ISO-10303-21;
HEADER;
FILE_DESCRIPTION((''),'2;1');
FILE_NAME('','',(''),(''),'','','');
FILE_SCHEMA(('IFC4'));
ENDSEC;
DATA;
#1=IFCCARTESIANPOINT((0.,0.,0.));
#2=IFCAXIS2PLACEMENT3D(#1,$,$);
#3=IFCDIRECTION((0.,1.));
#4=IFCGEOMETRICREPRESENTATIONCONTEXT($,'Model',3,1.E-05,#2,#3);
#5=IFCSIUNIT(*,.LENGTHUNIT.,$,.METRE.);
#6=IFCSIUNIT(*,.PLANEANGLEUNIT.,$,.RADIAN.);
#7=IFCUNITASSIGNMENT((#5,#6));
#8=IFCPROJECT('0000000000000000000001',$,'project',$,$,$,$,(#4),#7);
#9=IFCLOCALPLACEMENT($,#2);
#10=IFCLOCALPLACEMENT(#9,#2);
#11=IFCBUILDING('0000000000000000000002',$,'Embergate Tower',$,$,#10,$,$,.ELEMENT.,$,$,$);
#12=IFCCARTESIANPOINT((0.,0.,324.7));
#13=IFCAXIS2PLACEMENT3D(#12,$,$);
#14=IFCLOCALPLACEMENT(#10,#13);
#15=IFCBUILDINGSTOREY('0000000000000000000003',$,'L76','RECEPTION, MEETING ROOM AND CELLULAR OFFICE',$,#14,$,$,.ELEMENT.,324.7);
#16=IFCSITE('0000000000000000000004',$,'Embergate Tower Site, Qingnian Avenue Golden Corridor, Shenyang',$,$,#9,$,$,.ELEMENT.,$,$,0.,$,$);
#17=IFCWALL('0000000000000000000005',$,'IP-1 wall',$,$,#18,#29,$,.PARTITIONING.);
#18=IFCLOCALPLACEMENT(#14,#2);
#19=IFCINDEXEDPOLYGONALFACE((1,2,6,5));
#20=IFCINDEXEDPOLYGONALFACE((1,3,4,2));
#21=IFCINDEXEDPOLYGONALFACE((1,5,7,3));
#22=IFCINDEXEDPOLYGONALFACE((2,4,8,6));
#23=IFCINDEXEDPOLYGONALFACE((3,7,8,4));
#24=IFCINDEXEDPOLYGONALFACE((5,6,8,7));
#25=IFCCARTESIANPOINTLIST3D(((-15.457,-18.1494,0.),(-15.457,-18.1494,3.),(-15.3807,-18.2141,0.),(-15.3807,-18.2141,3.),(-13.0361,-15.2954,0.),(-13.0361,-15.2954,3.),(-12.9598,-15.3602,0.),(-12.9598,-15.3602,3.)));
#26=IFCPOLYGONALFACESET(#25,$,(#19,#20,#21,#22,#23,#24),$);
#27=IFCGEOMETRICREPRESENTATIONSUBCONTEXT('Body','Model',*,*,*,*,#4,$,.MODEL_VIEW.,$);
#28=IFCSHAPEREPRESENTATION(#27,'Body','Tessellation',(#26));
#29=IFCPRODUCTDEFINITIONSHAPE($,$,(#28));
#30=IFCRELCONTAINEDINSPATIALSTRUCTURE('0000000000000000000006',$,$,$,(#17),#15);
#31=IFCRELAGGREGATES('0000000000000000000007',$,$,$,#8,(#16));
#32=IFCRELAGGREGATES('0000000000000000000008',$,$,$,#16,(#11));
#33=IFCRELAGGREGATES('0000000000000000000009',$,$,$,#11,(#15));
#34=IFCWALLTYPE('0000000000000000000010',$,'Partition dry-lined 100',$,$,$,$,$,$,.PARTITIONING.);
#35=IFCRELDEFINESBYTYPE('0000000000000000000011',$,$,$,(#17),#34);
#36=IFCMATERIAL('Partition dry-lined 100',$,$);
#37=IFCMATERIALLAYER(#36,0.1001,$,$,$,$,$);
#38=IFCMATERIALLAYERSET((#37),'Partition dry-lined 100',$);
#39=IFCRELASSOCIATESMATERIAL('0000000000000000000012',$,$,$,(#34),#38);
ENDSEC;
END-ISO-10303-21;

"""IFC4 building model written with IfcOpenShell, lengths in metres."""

from ifc_helpers import new_model, si_unit, direction, frame, frame_2d, origin, place, context, subcontext, project, spatial, rectangle, extrude, source, transform, mapped, material, layer, layer_set, type_object, element, save


model = new_model("IFC4")

# Units and contexts
model_context = context("Model", 3, precision=1e-05, world=origin(), true_north=direction((0.0, 1.0)))
body_context = subcontext(model_context, "Body", "Model", "MODEL_VIEW")
ifc_project = project(units=[si_unit("LENGTHUNIT", "METRE"), si_unit("PLANEANGLEUNIT", "RADIAN")], contexts=[model_context])

# Site, building, storey
site_placement = place(None, origin())
site = spatial("IfcSite", under=ifc_project, at=site_placement, Name="Embergate Tower Site, Qingnian Avenue Golden Corridor, Shenyang", CompositionType="ELEMENT", RefElevation=0.0)
building_placement = place(site_placement, origin())
building = spatial("IfcBuilding", under=site, at=building_placement, Name="Embergate Tower", CompositionType="ELEMENT")
storey_placement = place(building_placement, frame((0.0, 0.0, 324.7)))
storey = spatial("IfcBuildingStorey", under=building, at=storey_placement, Name="L76", Description="RECEPTION, MEETING ROOM AND CELLULAR OFFICE", CompositionType="ELEMENT", Elevation=324.7)

# Wall
ifc_material_1 = material(Name="Partition dry-lined 100")
ifc_layer_1 = layer(ifc_material_1, 0.1001)
ifc_layer_set_1 = layer_set([ifc_layer_1], Name="Partition dry-lined 100")
wall_type = type_object("IfcWallType", Name="Partition dry-lined 100", PredefinedType="PARTITIONING", material=ifc_layer_set_1)
shared_shape_1 = source(origin(), body_context, "Body", "SweptSolid", [
    extrude(rectangle(XDim=3.7424, YDim=0.1001, at=frame_2d((1.8711, 0.0))), origin(), (0.0, 0.0, 1.0), 3.0),
])
wall_1_placement = place(storey_placement, frame((-12.998, -15.3279, 0.0), z_axis=(0.0, 0.0, 1.0), x_axis=(-0.646872, -0.762599, 0.0)))
element("IfcWall", 1, at=wall_1_placement, inside=storey, type_object=wall_type, Name="IP-1 wall", PredefinedType="PARTITIONING", context=body_context, shape_type="MappedRepresentation", body=[
    mapped(shared_shape_1, transform((0.0, 0.0, 0.0))),
])

save(model, "model.ifc")
